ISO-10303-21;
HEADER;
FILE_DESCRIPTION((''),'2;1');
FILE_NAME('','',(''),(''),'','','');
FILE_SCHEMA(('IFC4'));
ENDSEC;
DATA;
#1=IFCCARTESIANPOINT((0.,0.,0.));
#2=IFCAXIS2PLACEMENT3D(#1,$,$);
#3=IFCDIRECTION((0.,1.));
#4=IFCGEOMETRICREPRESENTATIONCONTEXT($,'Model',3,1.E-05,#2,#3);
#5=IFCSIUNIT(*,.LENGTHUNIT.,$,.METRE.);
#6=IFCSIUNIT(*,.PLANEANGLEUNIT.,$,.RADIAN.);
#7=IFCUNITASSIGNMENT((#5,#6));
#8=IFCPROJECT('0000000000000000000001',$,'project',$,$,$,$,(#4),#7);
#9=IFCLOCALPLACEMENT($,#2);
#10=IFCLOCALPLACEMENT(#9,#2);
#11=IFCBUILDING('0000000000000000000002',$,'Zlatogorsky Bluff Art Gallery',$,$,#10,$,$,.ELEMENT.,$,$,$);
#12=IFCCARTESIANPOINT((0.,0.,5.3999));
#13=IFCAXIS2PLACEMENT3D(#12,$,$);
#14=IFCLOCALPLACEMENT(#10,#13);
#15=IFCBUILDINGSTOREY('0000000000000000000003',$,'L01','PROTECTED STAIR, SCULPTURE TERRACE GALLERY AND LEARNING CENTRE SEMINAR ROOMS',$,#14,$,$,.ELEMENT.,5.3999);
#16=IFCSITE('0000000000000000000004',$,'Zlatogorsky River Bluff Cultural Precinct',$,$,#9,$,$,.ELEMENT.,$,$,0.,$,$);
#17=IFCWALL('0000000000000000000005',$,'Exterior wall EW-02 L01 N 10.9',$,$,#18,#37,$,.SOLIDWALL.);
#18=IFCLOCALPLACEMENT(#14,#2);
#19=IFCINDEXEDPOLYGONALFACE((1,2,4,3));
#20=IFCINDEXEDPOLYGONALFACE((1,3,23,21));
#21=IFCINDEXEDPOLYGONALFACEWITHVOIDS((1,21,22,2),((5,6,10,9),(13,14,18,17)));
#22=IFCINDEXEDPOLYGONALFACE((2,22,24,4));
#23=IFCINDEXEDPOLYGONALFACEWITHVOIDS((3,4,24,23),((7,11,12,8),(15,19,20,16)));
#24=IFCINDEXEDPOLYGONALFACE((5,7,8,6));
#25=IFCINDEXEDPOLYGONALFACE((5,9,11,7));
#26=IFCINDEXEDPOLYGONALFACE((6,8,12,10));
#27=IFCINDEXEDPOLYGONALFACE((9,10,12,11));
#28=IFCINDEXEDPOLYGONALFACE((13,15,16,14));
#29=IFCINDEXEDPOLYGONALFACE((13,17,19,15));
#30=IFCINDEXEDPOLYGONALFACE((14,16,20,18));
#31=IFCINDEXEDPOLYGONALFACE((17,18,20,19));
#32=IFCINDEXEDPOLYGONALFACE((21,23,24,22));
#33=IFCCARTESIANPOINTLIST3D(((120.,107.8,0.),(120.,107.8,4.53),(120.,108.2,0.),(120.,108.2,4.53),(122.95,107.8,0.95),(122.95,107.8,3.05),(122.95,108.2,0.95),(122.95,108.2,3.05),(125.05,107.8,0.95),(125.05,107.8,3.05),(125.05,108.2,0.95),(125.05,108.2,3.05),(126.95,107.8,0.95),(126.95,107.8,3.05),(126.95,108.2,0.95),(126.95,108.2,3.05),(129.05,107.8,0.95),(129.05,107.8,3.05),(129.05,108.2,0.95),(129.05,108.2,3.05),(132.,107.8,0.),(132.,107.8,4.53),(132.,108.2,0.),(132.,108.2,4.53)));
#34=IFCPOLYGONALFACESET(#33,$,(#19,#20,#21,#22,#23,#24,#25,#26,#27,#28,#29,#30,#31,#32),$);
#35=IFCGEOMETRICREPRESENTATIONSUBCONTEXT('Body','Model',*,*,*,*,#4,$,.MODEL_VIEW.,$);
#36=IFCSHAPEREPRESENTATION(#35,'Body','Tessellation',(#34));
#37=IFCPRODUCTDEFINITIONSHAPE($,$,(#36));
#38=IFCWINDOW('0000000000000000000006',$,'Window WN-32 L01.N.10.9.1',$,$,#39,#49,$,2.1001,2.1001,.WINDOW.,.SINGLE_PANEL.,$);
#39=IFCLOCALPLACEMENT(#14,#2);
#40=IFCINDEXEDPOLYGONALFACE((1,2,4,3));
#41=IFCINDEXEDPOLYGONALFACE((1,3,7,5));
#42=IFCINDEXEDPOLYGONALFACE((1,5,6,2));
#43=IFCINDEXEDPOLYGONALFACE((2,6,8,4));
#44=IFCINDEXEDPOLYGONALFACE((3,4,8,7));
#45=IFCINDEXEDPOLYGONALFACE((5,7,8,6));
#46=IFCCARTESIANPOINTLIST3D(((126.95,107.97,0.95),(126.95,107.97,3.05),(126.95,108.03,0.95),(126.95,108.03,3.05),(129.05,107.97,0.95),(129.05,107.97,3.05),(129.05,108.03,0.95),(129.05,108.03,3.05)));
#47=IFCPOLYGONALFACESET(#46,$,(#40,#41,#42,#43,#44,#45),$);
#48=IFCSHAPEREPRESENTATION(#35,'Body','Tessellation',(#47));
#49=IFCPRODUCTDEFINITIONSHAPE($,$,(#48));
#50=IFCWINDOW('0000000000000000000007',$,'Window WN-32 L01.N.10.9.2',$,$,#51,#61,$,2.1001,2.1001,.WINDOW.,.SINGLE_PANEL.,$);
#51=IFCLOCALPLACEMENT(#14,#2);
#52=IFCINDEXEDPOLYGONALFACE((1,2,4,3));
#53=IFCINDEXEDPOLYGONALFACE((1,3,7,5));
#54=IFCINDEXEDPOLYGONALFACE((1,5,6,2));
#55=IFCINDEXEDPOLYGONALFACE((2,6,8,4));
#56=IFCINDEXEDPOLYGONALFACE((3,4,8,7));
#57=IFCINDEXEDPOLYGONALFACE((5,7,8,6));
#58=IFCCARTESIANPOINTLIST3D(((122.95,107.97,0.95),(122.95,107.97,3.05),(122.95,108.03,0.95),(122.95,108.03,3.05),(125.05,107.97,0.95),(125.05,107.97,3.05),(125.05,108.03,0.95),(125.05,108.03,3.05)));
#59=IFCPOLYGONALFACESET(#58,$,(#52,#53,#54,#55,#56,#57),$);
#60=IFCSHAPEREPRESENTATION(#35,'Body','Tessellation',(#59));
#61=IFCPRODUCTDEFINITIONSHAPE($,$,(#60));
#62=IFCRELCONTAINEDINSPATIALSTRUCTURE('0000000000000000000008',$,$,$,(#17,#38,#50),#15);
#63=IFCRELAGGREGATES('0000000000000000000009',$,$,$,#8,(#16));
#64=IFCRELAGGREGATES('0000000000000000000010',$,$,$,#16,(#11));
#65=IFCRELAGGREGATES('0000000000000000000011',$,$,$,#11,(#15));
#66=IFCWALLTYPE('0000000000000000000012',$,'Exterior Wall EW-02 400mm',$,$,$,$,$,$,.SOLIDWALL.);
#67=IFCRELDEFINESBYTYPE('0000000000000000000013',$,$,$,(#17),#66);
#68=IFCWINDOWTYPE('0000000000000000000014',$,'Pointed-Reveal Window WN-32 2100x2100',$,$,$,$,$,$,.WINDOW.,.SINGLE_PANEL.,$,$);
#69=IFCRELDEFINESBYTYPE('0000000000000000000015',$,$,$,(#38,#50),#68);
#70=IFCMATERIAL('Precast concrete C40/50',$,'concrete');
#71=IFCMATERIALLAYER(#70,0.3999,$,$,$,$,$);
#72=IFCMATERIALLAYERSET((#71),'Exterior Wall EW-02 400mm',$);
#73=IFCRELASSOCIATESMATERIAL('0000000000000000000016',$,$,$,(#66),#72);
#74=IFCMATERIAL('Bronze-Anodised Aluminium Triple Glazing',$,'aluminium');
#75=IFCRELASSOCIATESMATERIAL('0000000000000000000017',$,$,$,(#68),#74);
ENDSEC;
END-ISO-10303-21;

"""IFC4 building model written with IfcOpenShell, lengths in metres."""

from ifc_helpers import new_model, si_unit, direction, frame, frame_2d, origin, place, context, subcontext, project, spatial, rectangle, extrude, material, layer, layer_set, type_object, element, fill, save


model = new_model("IFC4")

# Units and contexts
model_context = context("Model", 3, precision=1e-05, world=origin(), true_north=direction((0.0, 1.0)))
body_context = subcontext(model_context, "Body", "Model", "MODEL_VIEW")
ifc_project = project(units=[si_unit("LENGTHUNIT", "METRE"), si_unit("PLANEANGLEUNIT", "RADIAN")], contexts=[model_context])

# Site, building, storey
site_placement = place(None, origin())
site = spatial("IfcSite", under=ifc_project, at=site_placement, Name="Zlatogorsky River Bluff Cultural Precinct", CompositionType="ELEMENT", RefElevation=0.0)
building_placement = place(site_placement, origin())
building = spatial("IfcBuilding", under=site, at=building_placement, Name="Zlatogorsky Bluff Art Gallery", CompositionType="ELEMENT")
storey_placement = place(building_placement, frame((0.0, 0.0, 5.3999)))
storey = spatial("IfcBuildingStorey", under=building, at=storey_placement, Name="L01", Description="PROTECTED STAIR, SCULPTURE TERRACE GALLERY AND LEARNING CENTRE SEMINAR ROOMS", CompositionType="ELEMENT", Elevation=5.3999)

# Wall, openings, windows
ifc_material_1 = material(Name="Precast concrete C40/50", Category="concrete")
ifc_layer_1 = layer(ifc_material_1, 0.3999)
ifc_layer_set_1 = layer_set([ifc_layer_1], Name="Exterior Wall EW-02 400mm")
wall_type = type_object("IfcWallType", Name="Exterior Wall EW-02 400mm", PredefinedType="SOLIDWALL", material=ifc_layer_set_1)
wall_placement = place(storey_placement, frame((132.0, 108.0, 0.0), z_axis=(0.0, 0.0, 1.0), x_axis=(-1.0, 0.0, 0.0)))
wall = element("IfcWall", 1, at=wall_placement, inside=storey, type_object=wall_type, Name="Exterior wall EW-02 L01 N 10.9", PredefinedType="SOLIDWALL", context=body_context, shape_type="SweptSolid", body=[
    extrude(rectangle(XDim=12.0, YDim=0.3999, at=frame_2d((6.0, 0.0))), origin(), (0.0, 0.0, 1.0), 4.53),
])
opening_1_placement = place(wall_placement, frame((2.95, 0.0, 0.95)))
opening_1 = element("IfcOpeningElement", 2, at=opening_1_placement, cuts=wall, PredefinedType="OPENING", context=body_context, shape_type="SweptSolid", body=[
    extrude(rectangle(XDim=2.1001, YDim=2.1001, at=frame_2d((1.05, 1.05))), frame((0.0, 0.21, 0.0), z_axis=(0.0, -1.0, 0.0), x_axis=(1.0, 0.0, 0.0)), (0.0, 0.0, 1.0), 0.4199),
])
opening_2_placement = place(wall_placement, frame((6.95, 0.0, 0.95)))
opening_2 = element("IfcOpeningElement", 3, at=opening_2_placement, cuts=wall, PredefinedType="OPENING", context=body_context, shape_type="SweptSolid", body=[
    extrude(rectangle(XDim=2.1001, YDim=2.1001, at=frame_2d((1.05, 1.05))), frame((0.0, 0.21, 0.0), z_axis=(0.0, -1.0, 0.0), x_axis=(1.0, 0.0, 0.0)), (0.0, 0.0, 1.0), 0.4199),
])
ifc_material_2 = material(Name="Bronze-Anodised Aluminium Triple Glazing", Category="aluminium")
window_type = type_object("IfcWindowType", Name="Pointed-Reveal Window WN-32 2100x2100", PartitioningType="SINGLE_PANEL", PredefinedType="WINDOW", material=ifc_material_2)
window_1_placement = place(opening_1_placement, origin())
window_1 = element("IfcWindow", 4, at=window_1_placement, inside=storey, type_object=window_type, Name="Window WN-32 L01.N.10.9.1", OverallHeight=2.1001, OverallWidth=2.1001, PartitioningType="SINGLE_PANEL", PredefinedType="WINDOW", context=body_context, shape_type="SweptSolid", body=[
    extrude(rectangle(XDim=2.1001, YDim=2.1001, at=frame_2d((1.05, 1.05))), frame((0.0, 0.03, 0.0), z_axis=(0.0, -1.0, 0.0), x_axis=(1.0, 0.0, 0.0)), (0.0, 0.0, 1.0), 0.0601),
])
fill(opening_1, window_1)
window_2_placement = place(opening_2_placement, origin())
window_2 = element("IfcWindow", 5, at=window_2_placement, inside=storey, type_object=window_type, Name="Window WN-32 L01.N.10.9.2", OverallHeight=2.1001, OverallWidth=2.1001, PartitioningType="SINGLE_PANEL", PredefinedType="WINDOW", context=body_context, shape_type="SweptSolid", body=[
    extrude(rectangle(XDim=2.1001, YDim=2.1001, at=frame_2d((1.05, 1.05))), frame((0.0, 0.03, 0.0), z_axis=(0.0, -1.0, 0.0), x_axis=(1.0, 0.0, 0.0)), (0.0, 0.0, 1.0), 0.0601),
])
fill(opening_2, window_2)

save(model, "model.ifc")
